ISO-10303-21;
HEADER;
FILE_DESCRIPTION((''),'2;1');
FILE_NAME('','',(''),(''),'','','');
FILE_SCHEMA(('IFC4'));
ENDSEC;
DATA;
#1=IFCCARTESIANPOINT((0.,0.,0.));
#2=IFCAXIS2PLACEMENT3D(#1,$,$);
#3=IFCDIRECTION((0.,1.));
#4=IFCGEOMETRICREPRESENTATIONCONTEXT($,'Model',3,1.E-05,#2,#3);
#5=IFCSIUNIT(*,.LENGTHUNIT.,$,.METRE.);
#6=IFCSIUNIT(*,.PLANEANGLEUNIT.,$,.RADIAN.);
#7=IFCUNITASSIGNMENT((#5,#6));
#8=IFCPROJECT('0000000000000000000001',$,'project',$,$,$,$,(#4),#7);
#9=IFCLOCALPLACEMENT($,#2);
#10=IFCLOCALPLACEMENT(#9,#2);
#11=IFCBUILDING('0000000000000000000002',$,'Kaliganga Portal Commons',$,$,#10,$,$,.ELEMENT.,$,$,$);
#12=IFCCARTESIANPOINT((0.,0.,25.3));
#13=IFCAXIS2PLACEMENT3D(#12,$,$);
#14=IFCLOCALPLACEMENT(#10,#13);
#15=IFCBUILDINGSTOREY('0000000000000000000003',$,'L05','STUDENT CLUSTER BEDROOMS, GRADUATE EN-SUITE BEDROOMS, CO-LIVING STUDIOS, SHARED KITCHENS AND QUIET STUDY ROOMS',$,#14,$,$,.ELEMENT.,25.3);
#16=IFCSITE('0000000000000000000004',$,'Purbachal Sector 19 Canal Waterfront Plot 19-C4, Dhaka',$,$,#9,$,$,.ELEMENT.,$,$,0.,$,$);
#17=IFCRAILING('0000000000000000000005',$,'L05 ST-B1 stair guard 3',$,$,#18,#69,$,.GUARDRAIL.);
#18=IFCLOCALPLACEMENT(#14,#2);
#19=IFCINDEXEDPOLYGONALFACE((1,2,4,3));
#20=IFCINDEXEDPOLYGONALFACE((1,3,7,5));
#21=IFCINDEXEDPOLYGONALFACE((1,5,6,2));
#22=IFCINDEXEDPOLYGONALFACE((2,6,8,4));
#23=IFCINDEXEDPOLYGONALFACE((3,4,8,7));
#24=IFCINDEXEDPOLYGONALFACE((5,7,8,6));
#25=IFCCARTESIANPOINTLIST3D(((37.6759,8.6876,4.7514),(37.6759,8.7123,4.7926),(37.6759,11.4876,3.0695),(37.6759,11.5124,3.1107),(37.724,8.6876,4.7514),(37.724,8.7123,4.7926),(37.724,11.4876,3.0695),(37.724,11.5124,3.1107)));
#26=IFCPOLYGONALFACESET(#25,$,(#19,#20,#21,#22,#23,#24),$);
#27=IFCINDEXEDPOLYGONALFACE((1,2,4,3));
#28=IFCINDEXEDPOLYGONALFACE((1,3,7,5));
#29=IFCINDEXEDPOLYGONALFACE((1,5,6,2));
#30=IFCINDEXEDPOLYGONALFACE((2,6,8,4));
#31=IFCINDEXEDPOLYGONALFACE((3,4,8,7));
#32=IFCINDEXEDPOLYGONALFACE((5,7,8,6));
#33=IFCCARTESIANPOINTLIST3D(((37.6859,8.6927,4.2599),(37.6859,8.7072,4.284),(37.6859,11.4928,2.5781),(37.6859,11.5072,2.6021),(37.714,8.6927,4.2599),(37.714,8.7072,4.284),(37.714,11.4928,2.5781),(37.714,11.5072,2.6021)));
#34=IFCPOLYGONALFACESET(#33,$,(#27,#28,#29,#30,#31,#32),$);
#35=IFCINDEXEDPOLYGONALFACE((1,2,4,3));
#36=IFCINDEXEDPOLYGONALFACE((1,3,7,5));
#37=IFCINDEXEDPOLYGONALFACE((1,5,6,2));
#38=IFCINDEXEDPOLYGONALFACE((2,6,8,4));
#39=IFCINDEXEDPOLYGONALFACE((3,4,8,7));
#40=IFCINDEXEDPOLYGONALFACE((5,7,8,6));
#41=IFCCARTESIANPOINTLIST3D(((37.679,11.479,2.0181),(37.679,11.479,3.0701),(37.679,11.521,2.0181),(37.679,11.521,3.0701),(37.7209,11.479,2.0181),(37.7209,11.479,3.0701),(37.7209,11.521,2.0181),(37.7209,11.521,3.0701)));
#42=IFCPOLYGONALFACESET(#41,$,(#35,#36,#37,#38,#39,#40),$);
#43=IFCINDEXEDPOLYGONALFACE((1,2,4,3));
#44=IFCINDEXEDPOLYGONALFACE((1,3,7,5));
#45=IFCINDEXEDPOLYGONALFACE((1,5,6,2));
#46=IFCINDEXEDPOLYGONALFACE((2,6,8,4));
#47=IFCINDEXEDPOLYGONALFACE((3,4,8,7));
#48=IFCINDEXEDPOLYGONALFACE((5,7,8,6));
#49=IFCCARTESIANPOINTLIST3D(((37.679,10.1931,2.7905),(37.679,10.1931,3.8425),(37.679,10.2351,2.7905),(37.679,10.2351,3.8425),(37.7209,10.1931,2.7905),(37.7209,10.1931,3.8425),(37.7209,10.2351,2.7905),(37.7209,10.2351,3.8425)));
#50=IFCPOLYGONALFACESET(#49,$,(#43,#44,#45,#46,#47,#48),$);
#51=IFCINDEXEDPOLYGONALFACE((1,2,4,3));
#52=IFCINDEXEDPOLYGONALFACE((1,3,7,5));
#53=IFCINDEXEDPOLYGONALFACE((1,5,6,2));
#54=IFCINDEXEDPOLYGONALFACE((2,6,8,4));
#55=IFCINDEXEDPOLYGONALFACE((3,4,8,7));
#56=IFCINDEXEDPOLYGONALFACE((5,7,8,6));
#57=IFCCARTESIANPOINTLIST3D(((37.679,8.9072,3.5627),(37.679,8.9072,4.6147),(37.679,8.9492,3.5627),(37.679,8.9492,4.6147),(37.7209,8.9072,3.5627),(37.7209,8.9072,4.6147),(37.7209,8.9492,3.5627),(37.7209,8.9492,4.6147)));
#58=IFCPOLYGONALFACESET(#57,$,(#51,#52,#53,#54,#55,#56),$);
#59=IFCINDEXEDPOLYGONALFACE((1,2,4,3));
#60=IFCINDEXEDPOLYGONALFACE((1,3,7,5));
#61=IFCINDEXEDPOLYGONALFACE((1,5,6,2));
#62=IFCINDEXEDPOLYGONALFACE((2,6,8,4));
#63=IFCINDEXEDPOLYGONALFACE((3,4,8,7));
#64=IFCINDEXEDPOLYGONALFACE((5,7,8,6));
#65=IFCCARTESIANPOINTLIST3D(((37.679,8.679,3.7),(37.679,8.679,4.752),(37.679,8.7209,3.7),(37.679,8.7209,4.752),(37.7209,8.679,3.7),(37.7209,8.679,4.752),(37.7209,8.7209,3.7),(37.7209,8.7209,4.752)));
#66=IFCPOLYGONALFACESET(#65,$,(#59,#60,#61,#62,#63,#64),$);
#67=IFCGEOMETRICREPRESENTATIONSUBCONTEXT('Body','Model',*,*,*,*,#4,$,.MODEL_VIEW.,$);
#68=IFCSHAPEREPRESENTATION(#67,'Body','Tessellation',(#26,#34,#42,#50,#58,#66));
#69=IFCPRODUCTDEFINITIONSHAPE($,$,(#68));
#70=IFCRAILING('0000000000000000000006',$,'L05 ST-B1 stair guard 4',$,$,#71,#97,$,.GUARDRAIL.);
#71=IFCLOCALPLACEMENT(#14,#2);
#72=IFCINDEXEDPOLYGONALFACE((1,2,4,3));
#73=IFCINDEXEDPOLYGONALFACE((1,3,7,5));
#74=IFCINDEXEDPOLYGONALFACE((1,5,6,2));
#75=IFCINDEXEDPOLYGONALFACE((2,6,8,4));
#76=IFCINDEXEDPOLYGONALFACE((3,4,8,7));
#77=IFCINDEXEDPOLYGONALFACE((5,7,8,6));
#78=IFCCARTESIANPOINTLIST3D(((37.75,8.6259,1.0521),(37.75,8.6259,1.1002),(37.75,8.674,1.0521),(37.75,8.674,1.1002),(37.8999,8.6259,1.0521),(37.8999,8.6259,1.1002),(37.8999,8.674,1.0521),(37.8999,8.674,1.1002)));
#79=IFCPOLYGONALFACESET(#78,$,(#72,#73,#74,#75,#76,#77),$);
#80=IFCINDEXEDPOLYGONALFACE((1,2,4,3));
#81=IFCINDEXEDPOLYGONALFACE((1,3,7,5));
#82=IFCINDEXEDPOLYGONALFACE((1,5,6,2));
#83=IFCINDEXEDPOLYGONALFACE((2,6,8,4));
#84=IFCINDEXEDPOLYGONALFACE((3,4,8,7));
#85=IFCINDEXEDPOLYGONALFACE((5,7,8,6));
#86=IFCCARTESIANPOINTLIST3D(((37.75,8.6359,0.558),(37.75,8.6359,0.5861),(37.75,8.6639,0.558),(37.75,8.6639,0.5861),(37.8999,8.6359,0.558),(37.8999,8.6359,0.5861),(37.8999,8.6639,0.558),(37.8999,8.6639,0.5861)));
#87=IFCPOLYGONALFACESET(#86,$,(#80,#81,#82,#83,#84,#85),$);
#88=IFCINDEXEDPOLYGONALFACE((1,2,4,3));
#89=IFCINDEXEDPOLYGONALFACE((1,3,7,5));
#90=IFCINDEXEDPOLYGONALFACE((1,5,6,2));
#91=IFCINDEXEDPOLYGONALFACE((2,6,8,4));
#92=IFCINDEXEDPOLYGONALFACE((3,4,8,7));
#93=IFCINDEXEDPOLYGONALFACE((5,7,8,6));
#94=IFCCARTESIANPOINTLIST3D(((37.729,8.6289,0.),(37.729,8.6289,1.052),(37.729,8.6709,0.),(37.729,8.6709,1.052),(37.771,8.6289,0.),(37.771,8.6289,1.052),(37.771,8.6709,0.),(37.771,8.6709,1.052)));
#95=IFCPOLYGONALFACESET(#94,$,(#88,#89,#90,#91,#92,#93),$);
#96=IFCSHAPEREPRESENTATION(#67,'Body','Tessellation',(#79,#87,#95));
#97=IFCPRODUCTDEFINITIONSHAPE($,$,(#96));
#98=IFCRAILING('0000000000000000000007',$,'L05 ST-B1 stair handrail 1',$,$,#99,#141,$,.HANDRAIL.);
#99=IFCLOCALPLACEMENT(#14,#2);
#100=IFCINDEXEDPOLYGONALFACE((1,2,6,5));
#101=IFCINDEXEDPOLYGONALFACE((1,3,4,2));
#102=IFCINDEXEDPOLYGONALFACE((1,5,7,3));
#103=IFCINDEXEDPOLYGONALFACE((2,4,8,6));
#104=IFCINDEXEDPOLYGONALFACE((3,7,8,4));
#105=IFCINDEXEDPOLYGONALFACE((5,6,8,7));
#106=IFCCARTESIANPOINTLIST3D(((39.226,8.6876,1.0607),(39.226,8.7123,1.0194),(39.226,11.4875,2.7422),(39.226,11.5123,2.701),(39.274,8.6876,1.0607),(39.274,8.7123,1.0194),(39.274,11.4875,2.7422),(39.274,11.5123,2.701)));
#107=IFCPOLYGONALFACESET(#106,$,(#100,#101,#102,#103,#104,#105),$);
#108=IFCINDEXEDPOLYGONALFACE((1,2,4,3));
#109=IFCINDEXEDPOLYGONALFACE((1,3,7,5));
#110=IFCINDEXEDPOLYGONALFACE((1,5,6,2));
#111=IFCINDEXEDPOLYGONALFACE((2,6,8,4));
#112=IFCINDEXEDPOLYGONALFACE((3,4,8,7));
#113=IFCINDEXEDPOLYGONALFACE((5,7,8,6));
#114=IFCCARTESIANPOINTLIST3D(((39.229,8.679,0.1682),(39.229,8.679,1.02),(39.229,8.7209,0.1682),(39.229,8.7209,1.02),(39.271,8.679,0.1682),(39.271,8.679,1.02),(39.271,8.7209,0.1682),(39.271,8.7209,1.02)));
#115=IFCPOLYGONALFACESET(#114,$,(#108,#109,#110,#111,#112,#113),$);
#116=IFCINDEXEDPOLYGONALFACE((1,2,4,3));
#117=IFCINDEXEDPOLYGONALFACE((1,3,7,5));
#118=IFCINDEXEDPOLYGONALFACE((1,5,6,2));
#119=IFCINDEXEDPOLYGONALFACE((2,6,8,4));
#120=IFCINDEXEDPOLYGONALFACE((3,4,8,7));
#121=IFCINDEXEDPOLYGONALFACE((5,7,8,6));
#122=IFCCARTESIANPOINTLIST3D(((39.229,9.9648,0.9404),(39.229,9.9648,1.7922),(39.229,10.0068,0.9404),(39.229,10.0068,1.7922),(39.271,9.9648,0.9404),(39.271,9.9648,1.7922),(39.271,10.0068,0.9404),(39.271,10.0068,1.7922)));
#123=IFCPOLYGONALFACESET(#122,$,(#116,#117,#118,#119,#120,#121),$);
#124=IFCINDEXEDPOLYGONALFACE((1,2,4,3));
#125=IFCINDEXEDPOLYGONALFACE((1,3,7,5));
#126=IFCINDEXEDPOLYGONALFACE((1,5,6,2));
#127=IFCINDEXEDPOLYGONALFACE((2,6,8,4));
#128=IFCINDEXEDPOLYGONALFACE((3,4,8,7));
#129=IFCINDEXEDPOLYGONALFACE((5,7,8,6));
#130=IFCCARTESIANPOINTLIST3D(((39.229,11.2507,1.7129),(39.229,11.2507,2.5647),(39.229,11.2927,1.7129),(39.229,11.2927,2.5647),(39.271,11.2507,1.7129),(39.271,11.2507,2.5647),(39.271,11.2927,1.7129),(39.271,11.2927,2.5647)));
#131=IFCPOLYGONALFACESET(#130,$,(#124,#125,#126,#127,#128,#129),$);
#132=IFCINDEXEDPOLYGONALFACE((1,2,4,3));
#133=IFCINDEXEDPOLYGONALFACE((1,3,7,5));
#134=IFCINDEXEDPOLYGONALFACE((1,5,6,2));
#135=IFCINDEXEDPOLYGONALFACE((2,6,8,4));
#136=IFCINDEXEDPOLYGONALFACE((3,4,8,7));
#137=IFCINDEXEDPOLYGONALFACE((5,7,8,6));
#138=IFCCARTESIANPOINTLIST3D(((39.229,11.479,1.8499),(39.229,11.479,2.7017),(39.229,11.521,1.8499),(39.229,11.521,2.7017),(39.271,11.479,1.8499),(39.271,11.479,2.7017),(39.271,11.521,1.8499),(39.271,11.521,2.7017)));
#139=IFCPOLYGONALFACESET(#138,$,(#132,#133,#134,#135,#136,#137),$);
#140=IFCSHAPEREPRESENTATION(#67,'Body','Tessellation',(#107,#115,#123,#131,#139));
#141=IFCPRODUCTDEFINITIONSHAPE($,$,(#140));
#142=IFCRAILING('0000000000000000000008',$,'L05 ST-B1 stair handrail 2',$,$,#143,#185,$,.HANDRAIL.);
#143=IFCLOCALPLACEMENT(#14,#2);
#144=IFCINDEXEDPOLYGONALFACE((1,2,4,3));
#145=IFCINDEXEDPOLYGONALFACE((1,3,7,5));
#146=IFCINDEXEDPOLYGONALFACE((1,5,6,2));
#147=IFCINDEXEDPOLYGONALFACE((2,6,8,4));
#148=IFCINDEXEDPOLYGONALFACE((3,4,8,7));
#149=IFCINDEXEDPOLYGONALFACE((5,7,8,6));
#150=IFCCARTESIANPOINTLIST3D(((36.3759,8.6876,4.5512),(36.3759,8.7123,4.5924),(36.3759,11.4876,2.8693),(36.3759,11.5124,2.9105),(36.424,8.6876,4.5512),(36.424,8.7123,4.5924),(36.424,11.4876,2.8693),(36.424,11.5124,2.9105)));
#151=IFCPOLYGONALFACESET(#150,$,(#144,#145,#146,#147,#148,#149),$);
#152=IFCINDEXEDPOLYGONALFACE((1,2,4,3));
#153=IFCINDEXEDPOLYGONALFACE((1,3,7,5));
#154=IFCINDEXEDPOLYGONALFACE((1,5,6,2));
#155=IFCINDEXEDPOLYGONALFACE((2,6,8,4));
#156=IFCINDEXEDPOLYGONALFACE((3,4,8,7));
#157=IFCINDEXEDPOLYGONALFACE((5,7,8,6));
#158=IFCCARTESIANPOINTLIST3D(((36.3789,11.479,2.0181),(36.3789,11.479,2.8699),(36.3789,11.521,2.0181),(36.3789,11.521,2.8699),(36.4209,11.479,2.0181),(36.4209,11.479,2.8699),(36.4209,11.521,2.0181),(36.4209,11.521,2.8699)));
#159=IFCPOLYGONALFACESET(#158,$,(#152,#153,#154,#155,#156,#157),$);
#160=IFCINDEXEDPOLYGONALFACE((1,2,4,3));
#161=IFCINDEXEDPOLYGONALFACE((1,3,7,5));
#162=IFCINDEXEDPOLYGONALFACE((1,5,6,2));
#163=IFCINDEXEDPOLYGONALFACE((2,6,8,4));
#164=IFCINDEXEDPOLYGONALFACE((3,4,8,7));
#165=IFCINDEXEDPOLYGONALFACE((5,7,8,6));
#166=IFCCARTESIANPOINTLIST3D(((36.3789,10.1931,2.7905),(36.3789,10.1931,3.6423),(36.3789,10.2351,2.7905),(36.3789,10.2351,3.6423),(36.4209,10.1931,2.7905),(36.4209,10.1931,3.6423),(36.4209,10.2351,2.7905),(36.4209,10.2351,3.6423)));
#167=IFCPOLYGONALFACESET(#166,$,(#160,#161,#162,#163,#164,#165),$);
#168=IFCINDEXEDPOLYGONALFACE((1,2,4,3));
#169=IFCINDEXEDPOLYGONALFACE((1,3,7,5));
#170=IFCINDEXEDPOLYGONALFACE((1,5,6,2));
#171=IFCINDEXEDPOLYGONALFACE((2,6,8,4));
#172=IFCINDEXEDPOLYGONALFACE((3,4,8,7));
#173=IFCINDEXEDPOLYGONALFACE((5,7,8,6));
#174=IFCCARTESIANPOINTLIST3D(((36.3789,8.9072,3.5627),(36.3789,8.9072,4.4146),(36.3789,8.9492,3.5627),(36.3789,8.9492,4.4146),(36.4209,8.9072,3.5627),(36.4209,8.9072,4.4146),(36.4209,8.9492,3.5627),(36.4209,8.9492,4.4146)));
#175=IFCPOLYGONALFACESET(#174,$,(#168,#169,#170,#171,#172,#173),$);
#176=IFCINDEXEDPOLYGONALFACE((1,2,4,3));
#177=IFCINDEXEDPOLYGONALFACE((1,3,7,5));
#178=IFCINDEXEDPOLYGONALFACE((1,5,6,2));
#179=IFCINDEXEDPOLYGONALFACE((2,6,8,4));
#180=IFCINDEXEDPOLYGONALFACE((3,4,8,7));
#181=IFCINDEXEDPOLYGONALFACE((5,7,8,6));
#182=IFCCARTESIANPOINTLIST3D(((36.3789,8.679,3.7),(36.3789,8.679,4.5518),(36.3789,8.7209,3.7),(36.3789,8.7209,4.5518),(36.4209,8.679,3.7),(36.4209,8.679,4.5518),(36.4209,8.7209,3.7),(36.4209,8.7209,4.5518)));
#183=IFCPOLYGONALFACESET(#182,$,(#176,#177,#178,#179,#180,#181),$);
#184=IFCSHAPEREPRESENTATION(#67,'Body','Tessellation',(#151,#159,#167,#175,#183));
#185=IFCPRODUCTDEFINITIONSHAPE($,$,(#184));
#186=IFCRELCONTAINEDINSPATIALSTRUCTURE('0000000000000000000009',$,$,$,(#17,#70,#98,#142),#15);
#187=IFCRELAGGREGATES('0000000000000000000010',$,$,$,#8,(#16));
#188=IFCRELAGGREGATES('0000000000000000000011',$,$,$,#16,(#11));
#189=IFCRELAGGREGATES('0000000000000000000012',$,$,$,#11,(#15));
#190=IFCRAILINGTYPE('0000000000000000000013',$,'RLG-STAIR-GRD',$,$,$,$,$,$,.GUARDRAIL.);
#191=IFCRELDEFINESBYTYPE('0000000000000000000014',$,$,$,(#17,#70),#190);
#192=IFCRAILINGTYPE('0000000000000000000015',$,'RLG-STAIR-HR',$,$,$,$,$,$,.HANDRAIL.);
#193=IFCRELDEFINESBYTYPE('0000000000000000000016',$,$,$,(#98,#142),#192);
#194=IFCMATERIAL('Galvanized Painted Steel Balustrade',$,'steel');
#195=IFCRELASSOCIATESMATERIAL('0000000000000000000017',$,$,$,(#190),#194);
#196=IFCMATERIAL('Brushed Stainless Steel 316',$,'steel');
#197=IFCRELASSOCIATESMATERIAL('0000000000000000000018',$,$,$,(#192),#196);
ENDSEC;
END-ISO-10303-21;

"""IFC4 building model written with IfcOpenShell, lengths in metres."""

from ifc_helpers import new_model, si_unit, direction, frame, origin, origin_2d, place, context, subcontext, project, spatial, rectangle, extrude, material, type_object, element, save


model = new_model("IFC4")

# Units and contexts
model_context = context("Model", 3, precision=1e-05, world=origin(), true_north=direction((0.0, 1.0)))
body_context = subcontext(model_context, "Body", "Model", "MODEL_VIEW")
ifc_project = project(units=[si_unit("LENGTHUNIT", "METRE"), si_unit("PLANEANGLEUNIT", "RADIAN")], contexts=[model_context])

# Site, building, storey
site_placement = place(None, origin())
site = spatial("IfcSite", under=ifc_project, at=site_placement, Name="Purbachal Sector 19 Canal Waterfront Plot 19-C4, Dhaka", CompositionType="ELEMENT", RefElevation=0.0)
building_placement = place(site_placement, origin())
building = spatial("IfcBuilding", under=site, at=building_placement, Name="Kaliganga Portal Commons", CompositionType="ELEMENT")
storey_placement = place(building_placement, frame((0.0, 0.0, 25.3)))
storey = spatial("IfcBuildingStorey", under=building, at=storey_placement, Name="L05", Description="STUDENT CLUSTER BEDROOMS, GRADUATE EN-SUITE BEDROOMS, CO-LIVING STUDIOS, SHARED KITCHENS AND QUIET STUDY ROOMS", CompositionType="ELEMENT", Elevation=25.3)

# Railings
ifc_material_1 = material(Name="Galvanized Painted Steel Balustrade", Category="steel")
railing_type_1 = type_object("IfcRailingType", Name="RLG-STAIR-GRD", PredefinedType="GUARDRAIL", material=ifc_material_1)
railing_1_placement = place(storey_placement, frame((37.7, 11.5, 2.0181)))
element("IfcRailing", 1, at=railing_1_placement, inside=storey, type_object=railing_type_1, Name="L05 ST-B1 stair guard 3", PredefinedType="GUARDRAIL", context=body_context, shape_type="SweptSolid", body=[
    extrude(rectangle(XDim=0.0481, YDim=0.0481, at=origin_2d()), frame((0.0, 0.0, 1.072), z_axis=(0.0, -0.857242, 0.514913), x_axis=(1.0, 0.0, 0.0)), (0.0, 0.0, 1.0), 3.2664),
    extrude(rectangle(XDim=0.0281, YDim=0.0281, at=origin_2d()), frame((0.0, 0.0, 0.572), z_axis=(0.0, -0.857242, 0.514913), x_axis=(1.0, 0.0, 0.0)), (0.0, 0.0, 1.0), 3.2664),
    extrude(rectangle(XDim=0.042, YDim=0.042, at=origin_2d()), origin(), (0.0, 0.0, 1.0), 1.052),
    extrude(rectangle(XDim=0.042, YDim=0.042, at=origin_2d()), frame((0.0, -1.2859, 0.7725)), (0.0, 0.0, 1.0), 1.052),
    extrude(rectangle(XDim=0.042, YDim=0.042, at=origin_2d()), frame((0.0, -2.5718, 1.5447)), (0.0, 0.0, 1.0), 1.052),
    extrude(rectangle(XDim=0.042, YDim=0.042, at=origin_2d()), frame((0.0, -2.8, 1.6819)), (0.0, 0.0, 1.0), 1.052),
])
railing_2_placement = place(storey_placement, frame((37.8999, 8.6499, 0.0)))
element("IfcRailing", 2, at=railing_2_placement, inside=storey, type_object=railing_type_1, Name="L05 ST-B1 stair guard 4", PredefinedType="GUARDRAIL", context=body_context, shape_type="SweptSolid", body=[
    extrude(rectangle(XDim=0.0481, YDim=0.0481, at=origin_2d()), frame((0.0, 0.0, 1.0762), z_axis=(-1.0, 0.0, 0.0), x_axis=(0.0, -1.0, 0.0)), (0.0, 0.0, 1.0), 0.1499),
    extrude(rectangle(XDim=0.0281, YDim=0.0281, at=origin_2d()), frame((0.0, 0.0, 0.572), z_axis=(-1.0, 0.0, 0.0), x_axis=(0.0, -1.0, 0.0)), (0.0, 0.0, 1.0), 0.1499),
    extrude(rectangle(XDim=0.042, YDim=0.042, at=origin_2d()), frame((-0.1499, 0.0, 0.0)), (0.0, 0.0, 1.0), 1.052),
])
ifc_material_2 = material(Name="Brushed Stainless Steel 316", Category="steel")
railing_type_2 = type_object("IfcRailingType", Name="RLG-STAIR-HR", PredefinedType="HANDRAIL", material=ifc_material_2)
railing_3_placement = place(storey_placement, frame((39.25, 8.7, 0.1682)))
element("IfcRailing", 3, at=railing_3_placement, inside=storey, type_object=railing_type_2, Name="L05 ST-B1 stair handrail 1", PredefinedType="HANDRAIL", context=body_context, shape_type="SweptSolid", body=[
    extrude(rectangle(XDim=0.0481, YDim=0.0481, at=origin_2d()), frame((0.0, 0.0, 0.8718), z_axis=(0.0, 0.857275, 0.514858), x_axis=(-1.0, 0.0, 0.0)), (0.0, 0.0, 1.0), 3.2661),
    extrude(rectangle(XDim=0.042, YDim=0.042, at=origin_2d()), origin(), (0.0, 0.0, 1.0), 0.8518),
    extrude(rectangle(XDim=0.042, YDim=0.042, at=origin_2d()), frame((0.0, 1.2859, 0.7722)), (0.0, 0.0, 1.0), 0.8518),
    extrude(rectangle(XDim=0.042, YDim=0.042, at=origin_2d()), frame((0.0, 2.5718, 1.5447)), (0.0, 0.0, 1.0), 0.8518),
    extrude(rectangle(XDim=0.042, YDim=0.042, at=origin_2d()), frame((0.0, 2.8, 1.6816)), (0.0, 0.0, 1.0), 0.8518),
])
railing_4_placement = place(storey_placement, frame((36.3999, 11.5, 2.0181)))
element("IfcRailing", 4, at=railing_4_placement, inside=storey, type_object=railing_type_2, Name="L05 ST-B1 stair handrail 2", PredefinedType="HANDRAIL", context=body_context, shape_type="SweptSolid", body=[
    extrude(rectangle(XDim=0.0481, YDim=0.0481, at=origin_2d()), frame((0.0, 0.0, 0.8718), z_axis=(0.0, -0.857242, 0.514913), x_axis=(1.0, 0.0, 0.0)), (0.0, 0.0, 1.0), 3.2664),
    extrude(rectangle(XDim=0.042, YDim=0.042, at=origin_2d()), origin(), (0.0, 0.0, 1.0), 0.8518),
    extrude(rectangle(XDim=0.042, YDim=0.042, at=origin_2d()), frame((0.0, -1.2859, 0.7725)), (0.0, 0.0, 1.0), 0.8518),
    extrude(rectangle(XDim=0.042, YDim=0.042, at=origin_2d()), frame((0.0, -2.5718, 1.5447)), (0.0, 0.0, 1.0), 0.8518),
    extrude(rectangle(XDim=0.042, YDim=0.042, at=origin_2d()), frame((0.0, -2.8, 1.6819)), (0.0, 0.0, 1.0), 0.8518),
])

save(model, "model.ifc")
